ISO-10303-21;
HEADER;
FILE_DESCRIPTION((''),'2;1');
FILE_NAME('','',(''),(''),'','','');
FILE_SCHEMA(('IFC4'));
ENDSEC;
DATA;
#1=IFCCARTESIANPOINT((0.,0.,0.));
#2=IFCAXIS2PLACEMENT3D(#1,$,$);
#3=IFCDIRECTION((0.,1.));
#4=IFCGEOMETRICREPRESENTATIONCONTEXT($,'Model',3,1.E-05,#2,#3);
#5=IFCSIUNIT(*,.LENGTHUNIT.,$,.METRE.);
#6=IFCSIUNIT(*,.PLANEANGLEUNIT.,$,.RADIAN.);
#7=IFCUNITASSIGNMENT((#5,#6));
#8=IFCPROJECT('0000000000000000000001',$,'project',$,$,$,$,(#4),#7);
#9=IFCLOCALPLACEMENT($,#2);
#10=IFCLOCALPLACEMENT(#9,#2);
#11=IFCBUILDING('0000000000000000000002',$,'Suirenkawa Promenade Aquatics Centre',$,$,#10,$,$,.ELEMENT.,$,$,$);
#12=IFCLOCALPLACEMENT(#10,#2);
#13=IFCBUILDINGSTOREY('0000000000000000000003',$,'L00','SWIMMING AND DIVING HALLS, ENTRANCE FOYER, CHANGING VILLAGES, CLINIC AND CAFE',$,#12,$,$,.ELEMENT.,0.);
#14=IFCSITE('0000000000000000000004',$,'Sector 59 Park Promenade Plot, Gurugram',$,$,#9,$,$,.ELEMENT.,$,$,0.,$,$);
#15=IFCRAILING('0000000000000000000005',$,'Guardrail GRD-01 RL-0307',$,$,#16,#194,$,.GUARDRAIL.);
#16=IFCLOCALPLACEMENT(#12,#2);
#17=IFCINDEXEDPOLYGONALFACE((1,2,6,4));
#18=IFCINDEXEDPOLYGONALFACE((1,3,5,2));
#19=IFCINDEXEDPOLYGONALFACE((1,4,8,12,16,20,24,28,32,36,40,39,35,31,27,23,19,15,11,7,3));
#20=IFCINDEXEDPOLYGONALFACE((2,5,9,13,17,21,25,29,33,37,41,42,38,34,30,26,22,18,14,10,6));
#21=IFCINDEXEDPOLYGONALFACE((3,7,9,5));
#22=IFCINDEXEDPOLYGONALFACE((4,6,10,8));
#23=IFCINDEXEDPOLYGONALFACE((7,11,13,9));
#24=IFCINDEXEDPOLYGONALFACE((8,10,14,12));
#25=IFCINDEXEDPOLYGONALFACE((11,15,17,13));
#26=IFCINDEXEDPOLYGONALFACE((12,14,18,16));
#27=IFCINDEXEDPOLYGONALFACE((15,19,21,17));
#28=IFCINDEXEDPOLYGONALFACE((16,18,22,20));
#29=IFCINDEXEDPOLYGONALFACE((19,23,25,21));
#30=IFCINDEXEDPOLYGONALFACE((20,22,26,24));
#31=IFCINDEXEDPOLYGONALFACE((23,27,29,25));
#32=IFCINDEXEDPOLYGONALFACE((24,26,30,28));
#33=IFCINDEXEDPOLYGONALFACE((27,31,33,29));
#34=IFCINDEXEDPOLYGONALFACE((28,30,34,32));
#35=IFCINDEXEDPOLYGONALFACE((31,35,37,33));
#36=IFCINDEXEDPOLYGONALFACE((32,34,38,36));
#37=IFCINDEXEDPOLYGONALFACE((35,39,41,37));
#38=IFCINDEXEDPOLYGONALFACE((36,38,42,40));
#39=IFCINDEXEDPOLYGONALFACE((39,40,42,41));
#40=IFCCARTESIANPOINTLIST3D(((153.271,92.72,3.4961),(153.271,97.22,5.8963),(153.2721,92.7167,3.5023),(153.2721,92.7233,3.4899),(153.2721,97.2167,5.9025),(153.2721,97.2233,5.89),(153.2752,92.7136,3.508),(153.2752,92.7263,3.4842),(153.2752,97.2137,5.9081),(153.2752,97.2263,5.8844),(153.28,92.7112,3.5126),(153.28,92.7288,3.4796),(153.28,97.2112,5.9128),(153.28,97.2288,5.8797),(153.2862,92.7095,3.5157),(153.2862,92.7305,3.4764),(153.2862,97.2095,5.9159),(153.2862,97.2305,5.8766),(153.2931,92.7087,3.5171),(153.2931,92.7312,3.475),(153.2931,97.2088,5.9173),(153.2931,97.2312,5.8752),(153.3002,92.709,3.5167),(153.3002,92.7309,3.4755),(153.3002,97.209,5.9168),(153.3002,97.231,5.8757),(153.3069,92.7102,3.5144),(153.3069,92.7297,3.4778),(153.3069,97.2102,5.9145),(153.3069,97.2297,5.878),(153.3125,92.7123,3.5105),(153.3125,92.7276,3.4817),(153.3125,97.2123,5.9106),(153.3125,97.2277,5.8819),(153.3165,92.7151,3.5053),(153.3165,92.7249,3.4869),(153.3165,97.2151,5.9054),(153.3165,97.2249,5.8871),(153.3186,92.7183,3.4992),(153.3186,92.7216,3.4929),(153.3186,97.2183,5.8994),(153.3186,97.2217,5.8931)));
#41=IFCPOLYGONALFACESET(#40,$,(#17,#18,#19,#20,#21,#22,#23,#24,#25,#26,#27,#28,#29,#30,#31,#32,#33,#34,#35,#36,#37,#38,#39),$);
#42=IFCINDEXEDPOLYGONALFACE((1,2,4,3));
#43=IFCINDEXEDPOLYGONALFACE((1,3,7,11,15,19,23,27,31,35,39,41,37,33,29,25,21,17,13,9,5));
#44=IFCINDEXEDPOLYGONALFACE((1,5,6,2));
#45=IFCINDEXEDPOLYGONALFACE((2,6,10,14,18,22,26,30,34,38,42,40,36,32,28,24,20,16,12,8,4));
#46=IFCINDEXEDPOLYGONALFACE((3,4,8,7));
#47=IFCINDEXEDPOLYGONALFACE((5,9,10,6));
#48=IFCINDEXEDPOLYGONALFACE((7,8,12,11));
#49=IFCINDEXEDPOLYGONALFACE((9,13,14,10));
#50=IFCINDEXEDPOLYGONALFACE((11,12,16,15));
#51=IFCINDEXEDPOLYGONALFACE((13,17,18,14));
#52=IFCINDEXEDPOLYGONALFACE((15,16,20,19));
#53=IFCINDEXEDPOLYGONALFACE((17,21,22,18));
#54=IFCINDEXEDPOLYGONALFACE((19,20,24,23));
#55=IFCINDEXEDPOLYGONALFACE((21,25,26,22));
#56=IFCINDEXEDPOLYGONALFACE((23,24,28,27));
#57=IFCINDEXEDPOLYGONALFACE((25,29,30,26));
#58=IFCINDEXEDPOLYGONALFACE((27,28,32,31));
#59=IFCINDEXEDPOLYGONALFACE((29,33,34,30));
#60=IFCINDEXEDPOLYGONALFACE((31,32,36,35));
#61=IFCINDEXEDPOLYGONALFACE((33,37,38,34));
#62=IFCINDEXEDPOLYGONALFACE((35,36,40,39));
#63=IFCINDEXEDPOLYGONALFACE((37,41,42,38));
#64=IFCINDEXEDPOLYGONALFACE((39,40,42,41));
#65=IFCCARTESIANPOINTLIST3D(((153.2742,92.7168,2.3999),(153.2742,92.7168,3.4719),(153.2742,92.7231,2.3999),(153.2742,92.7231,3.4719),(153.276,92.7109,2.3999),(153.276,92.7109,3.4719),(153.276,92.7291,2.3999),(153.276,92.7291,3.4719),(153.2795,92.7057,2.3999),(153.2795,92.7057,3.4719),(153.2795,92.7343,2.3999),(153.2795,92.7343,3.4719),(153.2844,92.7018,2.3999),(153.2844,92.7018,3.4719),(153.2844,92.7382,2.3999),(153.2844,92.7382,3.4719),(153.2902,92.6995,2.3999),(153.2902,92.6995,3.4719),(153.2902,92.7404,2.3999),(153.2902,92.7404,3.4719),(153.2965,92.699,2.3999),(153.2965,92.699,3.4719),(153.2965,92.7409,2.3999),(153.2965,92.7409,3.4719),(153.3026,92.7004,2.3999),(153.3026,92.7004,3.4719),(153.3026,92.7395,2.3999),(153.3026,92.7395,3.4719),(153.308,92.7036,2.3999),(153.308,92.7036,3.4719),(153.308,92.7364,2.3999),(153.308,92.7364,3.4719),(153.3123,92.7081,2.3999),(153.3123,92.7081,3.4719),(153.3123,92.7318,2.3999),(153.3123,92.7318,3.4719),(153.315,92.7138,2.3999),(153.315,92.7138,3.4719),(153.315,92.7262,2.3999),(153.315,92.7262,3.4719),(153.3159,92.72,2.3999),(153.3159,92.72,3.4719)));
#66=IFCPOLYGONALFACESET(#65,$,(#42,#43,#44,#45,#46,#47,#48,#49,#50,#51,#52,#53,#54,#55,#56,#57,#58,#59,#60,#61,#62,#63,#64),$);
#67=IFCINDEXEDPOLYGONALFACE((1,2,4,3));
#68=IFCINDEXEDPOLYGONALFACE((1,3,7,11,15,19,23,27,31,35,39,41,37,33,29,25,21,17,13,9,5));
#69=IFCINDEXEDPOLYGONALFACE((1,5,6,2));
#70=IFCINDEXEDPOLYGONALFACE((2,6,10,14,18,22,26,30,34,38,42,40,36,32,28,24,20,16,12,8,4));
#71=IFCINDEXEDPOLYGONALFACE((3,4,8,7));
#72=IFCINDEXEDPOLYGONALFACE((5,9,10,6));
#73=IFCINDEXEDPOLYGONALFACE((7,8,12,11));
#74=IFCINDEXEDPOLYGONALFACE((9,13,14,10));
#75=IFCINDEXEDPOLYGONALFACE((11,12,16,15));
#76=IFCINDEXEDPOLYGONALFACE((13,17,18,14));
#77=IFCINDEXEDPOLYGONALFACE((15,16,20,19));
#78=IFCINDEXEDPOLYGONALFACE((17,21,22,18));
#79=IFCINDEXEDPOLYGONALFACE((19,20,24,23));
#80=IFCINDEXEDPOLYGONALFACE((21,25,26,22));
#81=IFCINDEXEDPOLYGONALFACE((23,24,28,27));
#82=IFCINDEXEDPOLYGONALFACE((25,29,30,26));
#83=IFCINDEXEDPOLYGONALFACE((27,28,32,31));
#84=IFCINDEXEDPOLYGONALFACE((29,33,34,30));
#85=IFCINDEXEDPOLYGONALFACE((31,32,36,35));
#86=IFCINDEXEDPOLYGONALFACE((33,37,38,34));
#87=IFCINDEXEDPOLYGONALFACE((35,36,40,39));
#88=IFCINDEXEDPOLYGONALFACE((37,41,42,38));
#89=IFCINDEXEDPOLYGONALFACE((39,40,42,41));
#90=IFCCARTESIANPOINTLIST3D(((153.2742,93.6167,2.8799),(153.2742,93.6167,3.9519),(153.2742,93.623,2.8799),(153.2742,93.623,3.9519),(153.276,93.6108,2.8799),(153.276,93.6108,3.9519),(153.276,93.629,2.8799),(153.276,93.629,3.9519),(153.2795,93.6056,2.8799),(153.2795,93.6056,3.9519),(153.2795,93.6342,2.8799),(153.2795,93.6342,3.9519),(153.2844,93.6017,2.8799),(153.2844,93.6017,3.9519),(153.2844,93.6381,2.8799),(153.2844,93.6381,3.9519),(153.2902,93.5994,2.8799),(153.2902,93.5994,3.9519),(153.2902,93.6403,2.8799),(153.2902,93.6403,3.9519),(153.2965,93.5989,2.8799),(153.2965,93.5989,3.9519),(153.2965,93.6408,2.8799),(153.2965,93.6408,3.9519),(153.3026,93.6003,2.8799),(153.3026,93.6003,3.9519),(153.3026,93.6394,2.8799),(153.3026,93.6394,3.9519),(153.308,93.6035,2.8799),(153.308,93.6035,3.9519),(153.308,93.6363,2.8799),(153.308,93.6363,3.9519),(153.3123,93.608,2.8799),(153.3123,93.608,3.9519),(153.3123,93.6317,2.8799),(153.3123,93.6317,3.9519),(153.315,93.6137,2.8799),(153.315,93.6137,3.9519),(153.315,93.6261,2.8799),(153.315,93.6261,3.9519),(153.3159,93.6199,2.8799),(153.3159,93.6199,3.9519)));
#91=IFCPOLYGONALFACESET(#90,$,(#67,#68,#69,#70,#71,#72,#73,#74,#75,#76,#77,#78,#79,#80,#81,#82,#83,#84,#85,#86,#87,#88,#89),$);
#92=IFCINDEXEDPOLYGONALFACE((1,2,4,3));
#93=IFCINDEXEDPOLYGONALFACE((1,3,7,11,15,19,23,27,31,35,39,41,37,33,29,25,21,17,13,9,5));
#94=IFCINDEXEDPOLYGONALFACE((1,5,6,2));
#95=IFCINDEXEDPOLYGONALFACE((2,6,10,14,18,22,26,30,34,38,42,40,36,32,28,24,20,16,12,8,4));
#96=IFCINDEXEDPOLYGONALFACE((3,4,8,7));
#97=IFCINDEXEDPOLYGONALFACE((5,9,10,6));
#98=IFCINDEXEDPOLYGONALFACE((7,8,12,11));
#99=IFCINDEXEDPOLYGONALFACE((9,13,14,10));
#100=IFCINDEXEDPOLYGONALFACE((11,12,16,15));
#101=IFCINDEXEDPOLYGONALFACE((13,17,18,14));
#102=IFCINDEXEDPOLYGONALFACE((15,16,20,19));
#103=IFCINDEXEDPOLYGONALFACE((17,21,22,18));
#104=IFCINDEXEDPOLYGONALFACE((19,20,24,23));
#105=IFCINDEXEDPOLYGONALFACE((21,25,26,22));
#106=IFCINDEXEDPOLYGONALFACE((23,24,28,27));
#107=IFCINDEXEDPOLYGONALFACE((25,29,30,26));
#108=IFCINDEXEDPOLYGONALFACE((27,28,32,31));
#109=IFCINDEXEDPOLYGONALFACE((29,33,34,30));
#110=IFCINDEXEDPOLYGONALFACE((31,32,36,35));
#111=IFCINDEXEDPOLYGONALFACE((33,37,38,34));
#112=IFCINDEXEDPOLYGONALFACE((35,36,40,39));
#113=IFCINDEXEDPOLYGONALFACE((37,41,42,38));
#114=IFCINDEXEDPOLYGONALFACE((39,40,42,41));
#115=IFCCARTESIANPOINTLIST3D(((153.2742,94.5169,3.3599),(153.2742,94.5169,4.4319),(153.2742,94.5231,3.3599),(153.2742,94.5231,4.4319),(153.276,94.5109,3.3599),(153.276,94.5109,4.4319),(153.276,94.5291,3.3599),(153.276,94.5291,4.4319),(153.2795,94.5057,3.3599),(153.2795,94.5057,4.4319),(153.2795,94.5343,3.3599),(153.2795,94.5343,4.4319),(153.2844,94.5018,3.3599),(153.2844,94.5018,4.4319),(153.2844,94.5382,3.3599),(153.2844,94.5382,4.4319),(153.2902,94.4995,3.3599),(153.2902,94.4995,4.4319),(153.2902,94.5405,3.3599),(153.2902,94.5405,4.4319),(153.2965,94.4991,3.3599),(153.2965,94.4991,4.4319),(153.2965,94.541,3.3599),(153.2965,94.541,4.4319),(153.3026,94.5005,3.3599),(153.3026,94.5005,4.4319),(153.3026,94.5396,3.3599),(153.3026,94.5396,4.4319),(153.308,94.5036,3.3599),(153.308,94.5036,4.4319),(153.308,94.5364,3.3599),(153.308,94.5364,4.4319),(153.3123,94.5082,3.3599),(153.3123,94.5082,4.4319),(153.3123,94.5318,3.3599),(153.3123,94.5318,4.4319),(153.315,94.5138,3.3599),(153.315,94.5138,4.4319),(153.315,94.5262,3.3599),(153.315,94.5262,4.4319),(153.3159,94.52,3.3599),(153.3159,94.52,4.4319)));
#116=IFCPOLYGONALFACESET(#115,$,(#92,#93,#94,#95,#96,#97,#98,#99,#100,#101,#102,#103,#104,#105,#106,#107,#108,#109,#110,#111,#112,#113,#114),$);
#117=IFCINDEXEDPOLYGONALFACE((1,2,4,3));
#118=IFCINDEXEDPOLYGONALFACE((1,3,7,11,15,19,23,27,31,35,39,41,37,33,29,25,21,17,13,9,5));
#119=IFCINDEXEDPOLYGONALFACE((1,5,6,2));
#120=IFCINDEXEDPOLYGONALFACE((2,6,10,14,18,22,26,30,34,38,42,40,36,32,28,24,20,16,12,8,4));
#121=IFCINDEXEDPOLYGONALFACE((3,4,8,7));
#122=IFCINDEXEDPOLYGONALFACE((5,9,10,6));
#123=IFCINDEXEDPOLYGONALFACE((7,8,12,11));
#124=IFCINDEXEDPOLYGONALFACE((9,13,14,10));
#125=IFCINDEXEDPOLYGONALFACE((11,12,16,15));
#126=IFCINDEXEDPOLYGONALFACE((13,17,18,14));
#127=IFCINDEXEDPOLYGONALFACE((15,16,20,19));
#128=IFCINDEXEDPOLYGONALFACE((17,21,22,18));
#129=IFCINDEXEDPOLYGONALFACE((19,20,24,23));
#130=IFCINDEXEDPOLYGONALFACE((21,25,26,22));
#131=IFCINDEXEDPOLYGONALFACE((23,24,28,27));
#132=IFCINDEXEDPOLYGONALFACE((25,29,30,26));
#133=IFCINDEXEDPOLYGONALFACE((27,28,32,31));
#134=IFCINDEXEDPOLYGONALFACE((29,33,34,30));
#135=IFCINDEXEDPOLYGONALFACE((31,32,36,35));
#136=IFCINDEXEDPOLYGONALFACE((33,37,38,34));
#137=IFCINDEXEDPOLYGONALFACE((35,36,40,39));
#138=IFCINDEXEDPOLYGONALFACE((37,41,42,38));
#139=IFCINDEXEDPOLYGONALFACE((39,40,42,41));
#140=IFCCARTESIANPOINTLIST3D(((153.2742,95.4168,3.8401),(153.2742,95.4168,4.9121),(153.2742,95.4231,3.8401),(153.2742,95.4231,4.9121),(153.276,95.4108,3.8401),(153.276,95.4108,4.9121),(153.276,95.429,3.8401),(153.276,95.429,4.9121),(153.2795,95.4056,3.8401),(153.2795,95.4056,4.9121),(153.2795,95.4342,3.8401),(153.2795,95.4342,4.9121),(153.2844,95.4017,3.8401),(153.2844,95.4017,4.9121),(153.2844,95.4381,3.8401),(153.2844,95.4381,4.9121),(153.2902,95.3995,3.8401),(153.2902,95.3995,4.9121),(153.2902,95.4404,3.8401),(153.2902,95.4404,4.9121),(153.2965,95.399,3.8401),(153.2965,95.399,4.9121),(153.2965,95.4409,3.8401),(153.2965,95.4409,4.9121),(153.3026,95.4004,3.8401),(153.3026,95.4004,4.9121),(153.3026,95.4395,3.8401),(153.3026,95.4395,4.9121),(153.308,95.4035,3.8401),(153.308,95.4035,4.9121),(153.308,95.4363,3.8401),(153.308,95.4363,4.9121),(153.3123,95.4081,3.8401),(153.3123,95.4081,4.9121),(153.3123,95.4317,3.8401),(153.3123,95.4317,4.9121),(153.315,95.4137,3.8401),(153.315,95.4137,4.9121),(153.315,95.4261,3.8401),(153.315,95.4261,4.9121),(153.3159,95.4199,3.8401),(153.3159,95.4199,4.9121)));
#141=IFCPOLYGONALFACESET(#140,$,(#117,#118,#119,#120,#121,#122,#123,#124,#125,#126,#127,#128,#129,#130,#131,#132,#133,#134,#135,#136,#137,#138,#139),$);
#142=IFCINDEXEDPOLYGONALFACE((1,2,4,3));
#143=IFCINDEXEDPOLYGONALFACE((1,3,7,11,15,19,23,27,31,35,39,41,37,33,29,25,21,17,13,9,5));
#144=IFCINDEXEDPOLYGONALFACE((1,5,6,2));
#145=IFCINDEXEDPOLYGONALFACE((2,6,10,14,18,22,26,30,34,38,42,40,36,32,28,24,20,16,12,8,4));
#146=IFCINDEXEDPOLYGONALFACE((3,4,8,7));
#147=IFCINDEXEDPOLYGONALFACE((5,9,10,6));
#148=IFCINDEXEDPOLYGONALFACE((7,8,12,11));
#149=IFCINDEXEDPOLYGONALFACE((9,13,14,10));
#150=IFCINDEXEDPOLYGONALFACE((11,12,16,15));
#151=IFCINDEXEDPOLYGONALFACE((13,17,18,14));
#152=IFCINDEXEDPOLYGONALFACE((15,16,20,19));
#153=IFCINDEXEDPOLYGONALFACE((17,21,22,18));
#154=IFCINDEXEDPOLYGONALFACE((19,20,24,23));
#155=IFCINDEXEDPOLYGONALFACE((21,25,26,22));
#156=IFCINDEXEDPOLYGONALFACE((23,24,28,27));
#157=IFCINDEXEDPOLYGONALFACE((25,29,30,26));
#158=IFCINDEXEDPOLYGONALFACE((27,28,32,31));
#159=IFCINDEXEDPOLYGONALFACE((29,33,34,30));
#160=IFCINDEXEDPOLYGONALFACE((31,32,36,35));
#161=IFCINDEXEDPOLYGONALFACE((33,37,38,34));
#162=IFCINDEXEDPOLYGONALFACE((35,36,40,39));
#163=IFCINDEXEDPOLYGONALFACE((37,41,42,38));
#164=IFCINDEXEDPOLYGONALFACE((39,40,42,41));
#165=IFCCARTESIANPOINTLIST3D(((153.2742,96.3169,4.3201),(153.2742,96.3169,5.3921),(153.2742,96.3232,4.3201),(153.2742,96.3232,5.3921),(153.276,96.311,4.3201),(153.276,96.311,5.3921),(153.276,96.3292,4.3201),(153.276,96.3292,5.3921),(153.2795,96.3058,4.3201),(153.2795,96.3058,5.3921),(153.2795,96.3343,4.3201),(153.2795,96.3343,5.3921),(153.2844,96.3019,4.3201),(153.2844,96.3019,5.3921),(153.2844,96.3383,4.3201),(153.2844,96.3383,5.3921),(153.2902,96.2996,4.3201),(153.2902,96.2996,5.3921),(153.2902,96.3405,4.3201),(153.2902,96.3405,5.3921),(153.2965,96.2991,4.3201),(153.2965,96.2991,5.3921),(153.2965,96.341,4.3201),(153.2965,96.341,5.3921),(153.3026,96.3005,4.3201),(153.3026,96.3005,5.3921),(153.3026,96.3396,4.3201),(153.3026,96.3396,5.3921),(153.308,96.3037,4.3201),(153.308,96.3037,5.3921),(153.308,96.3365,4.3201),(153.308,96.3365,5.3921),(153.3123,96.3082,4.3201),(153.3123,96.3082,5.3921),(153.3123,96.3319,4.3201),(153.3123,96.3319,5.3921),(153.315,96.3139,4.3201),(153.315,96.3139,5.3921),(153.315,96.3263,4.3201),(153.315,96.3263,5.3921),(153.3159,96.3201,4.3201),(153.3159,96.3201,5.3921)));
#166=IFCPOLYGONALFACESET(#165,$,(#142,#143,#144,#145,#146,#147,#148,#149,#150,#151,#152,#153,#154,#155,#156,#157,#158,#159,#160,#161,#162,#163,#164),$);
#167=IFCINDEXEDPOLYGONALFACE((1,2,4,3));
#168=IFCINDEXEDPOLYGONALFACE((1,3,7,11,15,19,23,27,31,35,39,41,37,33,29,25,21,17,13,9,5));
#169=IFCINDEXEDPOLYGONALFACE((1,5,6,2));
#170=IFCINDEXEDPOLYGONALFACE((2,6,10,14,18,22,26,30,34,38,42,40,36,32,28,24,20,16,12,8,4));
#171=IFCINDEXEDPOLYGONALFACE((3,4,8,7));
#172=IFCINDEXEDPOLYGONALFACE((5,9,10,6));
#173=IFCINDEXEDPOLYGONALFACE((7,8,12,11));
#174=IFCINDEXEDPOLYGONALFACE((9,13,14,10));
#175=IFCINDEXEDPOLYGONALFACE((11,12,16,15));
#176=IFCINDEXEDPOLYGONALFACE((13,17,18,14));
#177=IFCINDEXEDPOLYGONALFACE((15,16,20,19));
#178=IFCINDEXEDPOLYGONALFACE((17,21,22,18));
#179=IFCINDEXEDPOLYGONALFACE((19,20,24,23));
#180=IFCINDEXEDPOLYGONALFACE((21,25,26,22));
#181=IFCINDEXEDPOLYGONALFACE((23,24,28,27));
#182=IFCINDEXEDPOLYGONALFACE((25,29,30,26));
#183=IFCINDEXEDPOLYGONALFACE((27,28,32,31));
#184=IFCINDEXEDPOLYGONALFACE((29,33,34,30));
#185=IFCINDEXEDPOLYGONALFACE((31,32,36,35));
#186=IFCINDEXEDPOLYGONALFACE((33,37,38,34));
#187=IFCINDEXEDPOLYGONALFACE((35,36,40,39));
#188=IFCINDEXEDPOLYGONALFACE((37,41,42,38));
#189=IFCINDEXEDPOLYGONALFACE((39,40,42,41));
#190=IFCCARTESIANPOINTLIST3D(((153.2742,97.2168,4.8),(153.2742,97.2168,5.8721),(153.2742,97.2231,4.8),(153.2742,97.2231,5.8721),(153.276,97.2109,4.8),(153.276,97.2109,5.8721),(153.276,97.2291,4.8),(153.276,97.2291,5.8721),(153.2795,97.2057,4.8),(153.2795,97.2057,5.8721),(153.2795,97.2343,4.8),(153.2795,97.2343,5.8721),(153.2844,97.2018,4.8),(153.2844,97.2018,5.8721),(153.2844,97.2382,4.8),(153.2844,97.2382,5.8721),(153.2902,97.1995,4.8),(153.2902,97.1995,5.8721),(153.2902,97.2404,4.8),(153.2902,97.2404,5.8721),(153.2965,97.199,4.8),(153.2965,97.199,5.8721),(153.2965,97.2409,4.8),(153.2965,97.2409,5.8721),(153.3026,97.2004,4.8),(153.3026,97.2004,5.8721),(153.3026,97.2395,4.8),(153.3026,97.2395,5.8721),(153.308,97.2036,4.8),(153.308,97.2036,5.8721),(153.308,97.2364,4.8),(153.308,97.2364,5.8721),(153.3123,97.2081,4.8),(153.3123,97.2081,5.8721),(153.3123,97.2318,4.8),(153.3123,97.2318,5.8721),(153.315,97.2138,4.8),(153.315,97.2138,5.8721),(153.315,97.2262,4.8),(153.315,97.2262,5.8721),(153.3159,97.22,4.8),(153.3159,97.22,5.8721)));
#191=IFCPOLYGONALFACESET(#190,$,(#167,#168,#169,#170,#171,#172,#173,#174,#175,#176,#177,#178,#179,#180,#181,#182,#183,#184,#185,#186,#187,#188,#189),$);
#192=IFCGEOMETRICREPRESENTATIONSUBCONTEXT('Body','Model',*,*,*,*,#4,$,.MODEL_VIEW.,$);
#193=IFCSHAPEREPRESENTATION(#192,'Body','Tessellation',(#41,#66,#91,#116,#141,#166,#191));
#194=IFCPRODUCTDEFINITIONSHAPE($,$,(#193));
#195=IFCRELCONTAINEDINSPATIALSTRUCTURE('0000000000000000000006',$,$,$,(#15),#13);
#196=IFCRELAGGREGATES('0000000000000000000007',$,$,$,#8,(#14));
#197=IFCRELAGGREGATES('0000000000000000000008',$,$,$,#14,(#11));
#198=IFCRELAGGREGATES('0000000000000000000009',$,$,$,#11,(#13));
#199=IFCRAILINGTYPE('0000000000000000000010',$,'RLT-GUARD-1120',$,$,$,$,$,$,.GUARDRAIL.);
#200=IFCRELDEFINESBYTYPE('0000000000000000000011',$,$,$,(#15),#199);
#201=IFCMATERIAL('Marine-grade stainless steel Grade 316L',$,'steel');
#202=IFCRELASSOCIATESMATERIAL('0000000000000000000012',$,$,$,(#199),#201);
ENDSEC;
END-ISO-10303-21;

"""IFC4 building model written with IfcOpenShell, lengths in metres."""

from ifc_helpers import new_model, si_unit, direction, frame, origin, origin_2d, place, context, subcontext, project, spatial, circle, extrude, material, type_object, element, save


model = new_model("IFC4")

# Units and contexts
model_context = context("Model", 3, precision=1e-05, world=origin(), true_north=direction((0.0, 1.0)))
body_context = subcontext(model_context, "Body", "Model", "MODEL_VIEW")
ifc_project = project(units=[si_unit("LENGTHUNIT", "METRE"), si_unit("PLANEANGLEUNIT", "RADIAN")], contexts=[model_context])

# Site, building, storey
site_placement = place(None, origin())
site = spatial("IfcSite", under=ifc_project, at=site_placement, Name="Sector 59 Park Promenade Plot, Gurugram", CompositionType="ELEMENT", RefElevation=0.0)
building_placement = place(site_placement, origin())
building = spatial("IfcBuilding", under=site, at=building_placement, Name="Suirenkawa Promenade Aquatics Centre", CompositionType="ELEMENT")
storey_placement = place(building_placement, origin())
storey = spatial("IfcBuildingStorey", under=building, at=storey_placement, Name="L00", Description="SWIMMING AND DIVING HALLS, ENTRANCE FOYER, CHANGING VILLAGES, CLINIC AND CAFE", CompositionType="ELEMENT", Elevation=0.0)

# Railing
ifc_material_1 = material(Name="Marine-grade stainless steel Grade 316L", Category="steel")
railing_type_1 = type_object("IfcRailingType", Name="RLT-GUARD-1120", PredefinedType="GUARDRAIL", material=ifc_material_1)
for number, where, name in (
    (1, (153.2949, 92.72, 2.3999), "Guardrail GRD-01 RL-0307"),
):
    element("IfcRailing", number, at=place(storey_placement, frame(where)), inside=storey, type_object=railing_type_1, Name=name, PredefinedType="GUARDRAIL", context=body_context, shape_type="SweptSolid", body=[
        extrude(circle(Radius=0.0239, at=origin_2d()), frame((0.0, 0.0, 1.0962), z_axis=(0.0, 0.882341, 0.470611), x_axis=(-1.0, 0.0, 0.0)), (0.0, 0.0, 1.0), 5.1001),
        extrude(circle(Radius=0.021, at=origin_2d()), origin(), (0.0, 0.0, 1.0), 1.072),
        extrude(circle(Radius=0.021, at=origin_2d()), frame((0.0, 0.8999, 0.48)), (0.0, 0.0, 1.0), 1.072),
        extrude(circle(Radius=0.021, at=origin_2d()), frame((0.0, 1.8, 0.96)), (0.0, 0.0, 1.0), 1.072),
        extrude(circle(Radius=0.021, at=origin_2d()), frame((0.0, 2.7, 1.4402)), (0.0, 0.0, 1.0), 1.072),
        extrude(circle(Radius=0.021, at=origin_2d()), frame((0.0, 3.6001, 1.9202)), (0.0, 0.0, 1.0), 1.072),
        extrude(circle(Radius=0.021, at=origin_2d()), frame((0.0, 4.5, 2.4001)), (0.0, 0.0, 1.0), 1.072),
    ])

save(model, "model.ifc")
